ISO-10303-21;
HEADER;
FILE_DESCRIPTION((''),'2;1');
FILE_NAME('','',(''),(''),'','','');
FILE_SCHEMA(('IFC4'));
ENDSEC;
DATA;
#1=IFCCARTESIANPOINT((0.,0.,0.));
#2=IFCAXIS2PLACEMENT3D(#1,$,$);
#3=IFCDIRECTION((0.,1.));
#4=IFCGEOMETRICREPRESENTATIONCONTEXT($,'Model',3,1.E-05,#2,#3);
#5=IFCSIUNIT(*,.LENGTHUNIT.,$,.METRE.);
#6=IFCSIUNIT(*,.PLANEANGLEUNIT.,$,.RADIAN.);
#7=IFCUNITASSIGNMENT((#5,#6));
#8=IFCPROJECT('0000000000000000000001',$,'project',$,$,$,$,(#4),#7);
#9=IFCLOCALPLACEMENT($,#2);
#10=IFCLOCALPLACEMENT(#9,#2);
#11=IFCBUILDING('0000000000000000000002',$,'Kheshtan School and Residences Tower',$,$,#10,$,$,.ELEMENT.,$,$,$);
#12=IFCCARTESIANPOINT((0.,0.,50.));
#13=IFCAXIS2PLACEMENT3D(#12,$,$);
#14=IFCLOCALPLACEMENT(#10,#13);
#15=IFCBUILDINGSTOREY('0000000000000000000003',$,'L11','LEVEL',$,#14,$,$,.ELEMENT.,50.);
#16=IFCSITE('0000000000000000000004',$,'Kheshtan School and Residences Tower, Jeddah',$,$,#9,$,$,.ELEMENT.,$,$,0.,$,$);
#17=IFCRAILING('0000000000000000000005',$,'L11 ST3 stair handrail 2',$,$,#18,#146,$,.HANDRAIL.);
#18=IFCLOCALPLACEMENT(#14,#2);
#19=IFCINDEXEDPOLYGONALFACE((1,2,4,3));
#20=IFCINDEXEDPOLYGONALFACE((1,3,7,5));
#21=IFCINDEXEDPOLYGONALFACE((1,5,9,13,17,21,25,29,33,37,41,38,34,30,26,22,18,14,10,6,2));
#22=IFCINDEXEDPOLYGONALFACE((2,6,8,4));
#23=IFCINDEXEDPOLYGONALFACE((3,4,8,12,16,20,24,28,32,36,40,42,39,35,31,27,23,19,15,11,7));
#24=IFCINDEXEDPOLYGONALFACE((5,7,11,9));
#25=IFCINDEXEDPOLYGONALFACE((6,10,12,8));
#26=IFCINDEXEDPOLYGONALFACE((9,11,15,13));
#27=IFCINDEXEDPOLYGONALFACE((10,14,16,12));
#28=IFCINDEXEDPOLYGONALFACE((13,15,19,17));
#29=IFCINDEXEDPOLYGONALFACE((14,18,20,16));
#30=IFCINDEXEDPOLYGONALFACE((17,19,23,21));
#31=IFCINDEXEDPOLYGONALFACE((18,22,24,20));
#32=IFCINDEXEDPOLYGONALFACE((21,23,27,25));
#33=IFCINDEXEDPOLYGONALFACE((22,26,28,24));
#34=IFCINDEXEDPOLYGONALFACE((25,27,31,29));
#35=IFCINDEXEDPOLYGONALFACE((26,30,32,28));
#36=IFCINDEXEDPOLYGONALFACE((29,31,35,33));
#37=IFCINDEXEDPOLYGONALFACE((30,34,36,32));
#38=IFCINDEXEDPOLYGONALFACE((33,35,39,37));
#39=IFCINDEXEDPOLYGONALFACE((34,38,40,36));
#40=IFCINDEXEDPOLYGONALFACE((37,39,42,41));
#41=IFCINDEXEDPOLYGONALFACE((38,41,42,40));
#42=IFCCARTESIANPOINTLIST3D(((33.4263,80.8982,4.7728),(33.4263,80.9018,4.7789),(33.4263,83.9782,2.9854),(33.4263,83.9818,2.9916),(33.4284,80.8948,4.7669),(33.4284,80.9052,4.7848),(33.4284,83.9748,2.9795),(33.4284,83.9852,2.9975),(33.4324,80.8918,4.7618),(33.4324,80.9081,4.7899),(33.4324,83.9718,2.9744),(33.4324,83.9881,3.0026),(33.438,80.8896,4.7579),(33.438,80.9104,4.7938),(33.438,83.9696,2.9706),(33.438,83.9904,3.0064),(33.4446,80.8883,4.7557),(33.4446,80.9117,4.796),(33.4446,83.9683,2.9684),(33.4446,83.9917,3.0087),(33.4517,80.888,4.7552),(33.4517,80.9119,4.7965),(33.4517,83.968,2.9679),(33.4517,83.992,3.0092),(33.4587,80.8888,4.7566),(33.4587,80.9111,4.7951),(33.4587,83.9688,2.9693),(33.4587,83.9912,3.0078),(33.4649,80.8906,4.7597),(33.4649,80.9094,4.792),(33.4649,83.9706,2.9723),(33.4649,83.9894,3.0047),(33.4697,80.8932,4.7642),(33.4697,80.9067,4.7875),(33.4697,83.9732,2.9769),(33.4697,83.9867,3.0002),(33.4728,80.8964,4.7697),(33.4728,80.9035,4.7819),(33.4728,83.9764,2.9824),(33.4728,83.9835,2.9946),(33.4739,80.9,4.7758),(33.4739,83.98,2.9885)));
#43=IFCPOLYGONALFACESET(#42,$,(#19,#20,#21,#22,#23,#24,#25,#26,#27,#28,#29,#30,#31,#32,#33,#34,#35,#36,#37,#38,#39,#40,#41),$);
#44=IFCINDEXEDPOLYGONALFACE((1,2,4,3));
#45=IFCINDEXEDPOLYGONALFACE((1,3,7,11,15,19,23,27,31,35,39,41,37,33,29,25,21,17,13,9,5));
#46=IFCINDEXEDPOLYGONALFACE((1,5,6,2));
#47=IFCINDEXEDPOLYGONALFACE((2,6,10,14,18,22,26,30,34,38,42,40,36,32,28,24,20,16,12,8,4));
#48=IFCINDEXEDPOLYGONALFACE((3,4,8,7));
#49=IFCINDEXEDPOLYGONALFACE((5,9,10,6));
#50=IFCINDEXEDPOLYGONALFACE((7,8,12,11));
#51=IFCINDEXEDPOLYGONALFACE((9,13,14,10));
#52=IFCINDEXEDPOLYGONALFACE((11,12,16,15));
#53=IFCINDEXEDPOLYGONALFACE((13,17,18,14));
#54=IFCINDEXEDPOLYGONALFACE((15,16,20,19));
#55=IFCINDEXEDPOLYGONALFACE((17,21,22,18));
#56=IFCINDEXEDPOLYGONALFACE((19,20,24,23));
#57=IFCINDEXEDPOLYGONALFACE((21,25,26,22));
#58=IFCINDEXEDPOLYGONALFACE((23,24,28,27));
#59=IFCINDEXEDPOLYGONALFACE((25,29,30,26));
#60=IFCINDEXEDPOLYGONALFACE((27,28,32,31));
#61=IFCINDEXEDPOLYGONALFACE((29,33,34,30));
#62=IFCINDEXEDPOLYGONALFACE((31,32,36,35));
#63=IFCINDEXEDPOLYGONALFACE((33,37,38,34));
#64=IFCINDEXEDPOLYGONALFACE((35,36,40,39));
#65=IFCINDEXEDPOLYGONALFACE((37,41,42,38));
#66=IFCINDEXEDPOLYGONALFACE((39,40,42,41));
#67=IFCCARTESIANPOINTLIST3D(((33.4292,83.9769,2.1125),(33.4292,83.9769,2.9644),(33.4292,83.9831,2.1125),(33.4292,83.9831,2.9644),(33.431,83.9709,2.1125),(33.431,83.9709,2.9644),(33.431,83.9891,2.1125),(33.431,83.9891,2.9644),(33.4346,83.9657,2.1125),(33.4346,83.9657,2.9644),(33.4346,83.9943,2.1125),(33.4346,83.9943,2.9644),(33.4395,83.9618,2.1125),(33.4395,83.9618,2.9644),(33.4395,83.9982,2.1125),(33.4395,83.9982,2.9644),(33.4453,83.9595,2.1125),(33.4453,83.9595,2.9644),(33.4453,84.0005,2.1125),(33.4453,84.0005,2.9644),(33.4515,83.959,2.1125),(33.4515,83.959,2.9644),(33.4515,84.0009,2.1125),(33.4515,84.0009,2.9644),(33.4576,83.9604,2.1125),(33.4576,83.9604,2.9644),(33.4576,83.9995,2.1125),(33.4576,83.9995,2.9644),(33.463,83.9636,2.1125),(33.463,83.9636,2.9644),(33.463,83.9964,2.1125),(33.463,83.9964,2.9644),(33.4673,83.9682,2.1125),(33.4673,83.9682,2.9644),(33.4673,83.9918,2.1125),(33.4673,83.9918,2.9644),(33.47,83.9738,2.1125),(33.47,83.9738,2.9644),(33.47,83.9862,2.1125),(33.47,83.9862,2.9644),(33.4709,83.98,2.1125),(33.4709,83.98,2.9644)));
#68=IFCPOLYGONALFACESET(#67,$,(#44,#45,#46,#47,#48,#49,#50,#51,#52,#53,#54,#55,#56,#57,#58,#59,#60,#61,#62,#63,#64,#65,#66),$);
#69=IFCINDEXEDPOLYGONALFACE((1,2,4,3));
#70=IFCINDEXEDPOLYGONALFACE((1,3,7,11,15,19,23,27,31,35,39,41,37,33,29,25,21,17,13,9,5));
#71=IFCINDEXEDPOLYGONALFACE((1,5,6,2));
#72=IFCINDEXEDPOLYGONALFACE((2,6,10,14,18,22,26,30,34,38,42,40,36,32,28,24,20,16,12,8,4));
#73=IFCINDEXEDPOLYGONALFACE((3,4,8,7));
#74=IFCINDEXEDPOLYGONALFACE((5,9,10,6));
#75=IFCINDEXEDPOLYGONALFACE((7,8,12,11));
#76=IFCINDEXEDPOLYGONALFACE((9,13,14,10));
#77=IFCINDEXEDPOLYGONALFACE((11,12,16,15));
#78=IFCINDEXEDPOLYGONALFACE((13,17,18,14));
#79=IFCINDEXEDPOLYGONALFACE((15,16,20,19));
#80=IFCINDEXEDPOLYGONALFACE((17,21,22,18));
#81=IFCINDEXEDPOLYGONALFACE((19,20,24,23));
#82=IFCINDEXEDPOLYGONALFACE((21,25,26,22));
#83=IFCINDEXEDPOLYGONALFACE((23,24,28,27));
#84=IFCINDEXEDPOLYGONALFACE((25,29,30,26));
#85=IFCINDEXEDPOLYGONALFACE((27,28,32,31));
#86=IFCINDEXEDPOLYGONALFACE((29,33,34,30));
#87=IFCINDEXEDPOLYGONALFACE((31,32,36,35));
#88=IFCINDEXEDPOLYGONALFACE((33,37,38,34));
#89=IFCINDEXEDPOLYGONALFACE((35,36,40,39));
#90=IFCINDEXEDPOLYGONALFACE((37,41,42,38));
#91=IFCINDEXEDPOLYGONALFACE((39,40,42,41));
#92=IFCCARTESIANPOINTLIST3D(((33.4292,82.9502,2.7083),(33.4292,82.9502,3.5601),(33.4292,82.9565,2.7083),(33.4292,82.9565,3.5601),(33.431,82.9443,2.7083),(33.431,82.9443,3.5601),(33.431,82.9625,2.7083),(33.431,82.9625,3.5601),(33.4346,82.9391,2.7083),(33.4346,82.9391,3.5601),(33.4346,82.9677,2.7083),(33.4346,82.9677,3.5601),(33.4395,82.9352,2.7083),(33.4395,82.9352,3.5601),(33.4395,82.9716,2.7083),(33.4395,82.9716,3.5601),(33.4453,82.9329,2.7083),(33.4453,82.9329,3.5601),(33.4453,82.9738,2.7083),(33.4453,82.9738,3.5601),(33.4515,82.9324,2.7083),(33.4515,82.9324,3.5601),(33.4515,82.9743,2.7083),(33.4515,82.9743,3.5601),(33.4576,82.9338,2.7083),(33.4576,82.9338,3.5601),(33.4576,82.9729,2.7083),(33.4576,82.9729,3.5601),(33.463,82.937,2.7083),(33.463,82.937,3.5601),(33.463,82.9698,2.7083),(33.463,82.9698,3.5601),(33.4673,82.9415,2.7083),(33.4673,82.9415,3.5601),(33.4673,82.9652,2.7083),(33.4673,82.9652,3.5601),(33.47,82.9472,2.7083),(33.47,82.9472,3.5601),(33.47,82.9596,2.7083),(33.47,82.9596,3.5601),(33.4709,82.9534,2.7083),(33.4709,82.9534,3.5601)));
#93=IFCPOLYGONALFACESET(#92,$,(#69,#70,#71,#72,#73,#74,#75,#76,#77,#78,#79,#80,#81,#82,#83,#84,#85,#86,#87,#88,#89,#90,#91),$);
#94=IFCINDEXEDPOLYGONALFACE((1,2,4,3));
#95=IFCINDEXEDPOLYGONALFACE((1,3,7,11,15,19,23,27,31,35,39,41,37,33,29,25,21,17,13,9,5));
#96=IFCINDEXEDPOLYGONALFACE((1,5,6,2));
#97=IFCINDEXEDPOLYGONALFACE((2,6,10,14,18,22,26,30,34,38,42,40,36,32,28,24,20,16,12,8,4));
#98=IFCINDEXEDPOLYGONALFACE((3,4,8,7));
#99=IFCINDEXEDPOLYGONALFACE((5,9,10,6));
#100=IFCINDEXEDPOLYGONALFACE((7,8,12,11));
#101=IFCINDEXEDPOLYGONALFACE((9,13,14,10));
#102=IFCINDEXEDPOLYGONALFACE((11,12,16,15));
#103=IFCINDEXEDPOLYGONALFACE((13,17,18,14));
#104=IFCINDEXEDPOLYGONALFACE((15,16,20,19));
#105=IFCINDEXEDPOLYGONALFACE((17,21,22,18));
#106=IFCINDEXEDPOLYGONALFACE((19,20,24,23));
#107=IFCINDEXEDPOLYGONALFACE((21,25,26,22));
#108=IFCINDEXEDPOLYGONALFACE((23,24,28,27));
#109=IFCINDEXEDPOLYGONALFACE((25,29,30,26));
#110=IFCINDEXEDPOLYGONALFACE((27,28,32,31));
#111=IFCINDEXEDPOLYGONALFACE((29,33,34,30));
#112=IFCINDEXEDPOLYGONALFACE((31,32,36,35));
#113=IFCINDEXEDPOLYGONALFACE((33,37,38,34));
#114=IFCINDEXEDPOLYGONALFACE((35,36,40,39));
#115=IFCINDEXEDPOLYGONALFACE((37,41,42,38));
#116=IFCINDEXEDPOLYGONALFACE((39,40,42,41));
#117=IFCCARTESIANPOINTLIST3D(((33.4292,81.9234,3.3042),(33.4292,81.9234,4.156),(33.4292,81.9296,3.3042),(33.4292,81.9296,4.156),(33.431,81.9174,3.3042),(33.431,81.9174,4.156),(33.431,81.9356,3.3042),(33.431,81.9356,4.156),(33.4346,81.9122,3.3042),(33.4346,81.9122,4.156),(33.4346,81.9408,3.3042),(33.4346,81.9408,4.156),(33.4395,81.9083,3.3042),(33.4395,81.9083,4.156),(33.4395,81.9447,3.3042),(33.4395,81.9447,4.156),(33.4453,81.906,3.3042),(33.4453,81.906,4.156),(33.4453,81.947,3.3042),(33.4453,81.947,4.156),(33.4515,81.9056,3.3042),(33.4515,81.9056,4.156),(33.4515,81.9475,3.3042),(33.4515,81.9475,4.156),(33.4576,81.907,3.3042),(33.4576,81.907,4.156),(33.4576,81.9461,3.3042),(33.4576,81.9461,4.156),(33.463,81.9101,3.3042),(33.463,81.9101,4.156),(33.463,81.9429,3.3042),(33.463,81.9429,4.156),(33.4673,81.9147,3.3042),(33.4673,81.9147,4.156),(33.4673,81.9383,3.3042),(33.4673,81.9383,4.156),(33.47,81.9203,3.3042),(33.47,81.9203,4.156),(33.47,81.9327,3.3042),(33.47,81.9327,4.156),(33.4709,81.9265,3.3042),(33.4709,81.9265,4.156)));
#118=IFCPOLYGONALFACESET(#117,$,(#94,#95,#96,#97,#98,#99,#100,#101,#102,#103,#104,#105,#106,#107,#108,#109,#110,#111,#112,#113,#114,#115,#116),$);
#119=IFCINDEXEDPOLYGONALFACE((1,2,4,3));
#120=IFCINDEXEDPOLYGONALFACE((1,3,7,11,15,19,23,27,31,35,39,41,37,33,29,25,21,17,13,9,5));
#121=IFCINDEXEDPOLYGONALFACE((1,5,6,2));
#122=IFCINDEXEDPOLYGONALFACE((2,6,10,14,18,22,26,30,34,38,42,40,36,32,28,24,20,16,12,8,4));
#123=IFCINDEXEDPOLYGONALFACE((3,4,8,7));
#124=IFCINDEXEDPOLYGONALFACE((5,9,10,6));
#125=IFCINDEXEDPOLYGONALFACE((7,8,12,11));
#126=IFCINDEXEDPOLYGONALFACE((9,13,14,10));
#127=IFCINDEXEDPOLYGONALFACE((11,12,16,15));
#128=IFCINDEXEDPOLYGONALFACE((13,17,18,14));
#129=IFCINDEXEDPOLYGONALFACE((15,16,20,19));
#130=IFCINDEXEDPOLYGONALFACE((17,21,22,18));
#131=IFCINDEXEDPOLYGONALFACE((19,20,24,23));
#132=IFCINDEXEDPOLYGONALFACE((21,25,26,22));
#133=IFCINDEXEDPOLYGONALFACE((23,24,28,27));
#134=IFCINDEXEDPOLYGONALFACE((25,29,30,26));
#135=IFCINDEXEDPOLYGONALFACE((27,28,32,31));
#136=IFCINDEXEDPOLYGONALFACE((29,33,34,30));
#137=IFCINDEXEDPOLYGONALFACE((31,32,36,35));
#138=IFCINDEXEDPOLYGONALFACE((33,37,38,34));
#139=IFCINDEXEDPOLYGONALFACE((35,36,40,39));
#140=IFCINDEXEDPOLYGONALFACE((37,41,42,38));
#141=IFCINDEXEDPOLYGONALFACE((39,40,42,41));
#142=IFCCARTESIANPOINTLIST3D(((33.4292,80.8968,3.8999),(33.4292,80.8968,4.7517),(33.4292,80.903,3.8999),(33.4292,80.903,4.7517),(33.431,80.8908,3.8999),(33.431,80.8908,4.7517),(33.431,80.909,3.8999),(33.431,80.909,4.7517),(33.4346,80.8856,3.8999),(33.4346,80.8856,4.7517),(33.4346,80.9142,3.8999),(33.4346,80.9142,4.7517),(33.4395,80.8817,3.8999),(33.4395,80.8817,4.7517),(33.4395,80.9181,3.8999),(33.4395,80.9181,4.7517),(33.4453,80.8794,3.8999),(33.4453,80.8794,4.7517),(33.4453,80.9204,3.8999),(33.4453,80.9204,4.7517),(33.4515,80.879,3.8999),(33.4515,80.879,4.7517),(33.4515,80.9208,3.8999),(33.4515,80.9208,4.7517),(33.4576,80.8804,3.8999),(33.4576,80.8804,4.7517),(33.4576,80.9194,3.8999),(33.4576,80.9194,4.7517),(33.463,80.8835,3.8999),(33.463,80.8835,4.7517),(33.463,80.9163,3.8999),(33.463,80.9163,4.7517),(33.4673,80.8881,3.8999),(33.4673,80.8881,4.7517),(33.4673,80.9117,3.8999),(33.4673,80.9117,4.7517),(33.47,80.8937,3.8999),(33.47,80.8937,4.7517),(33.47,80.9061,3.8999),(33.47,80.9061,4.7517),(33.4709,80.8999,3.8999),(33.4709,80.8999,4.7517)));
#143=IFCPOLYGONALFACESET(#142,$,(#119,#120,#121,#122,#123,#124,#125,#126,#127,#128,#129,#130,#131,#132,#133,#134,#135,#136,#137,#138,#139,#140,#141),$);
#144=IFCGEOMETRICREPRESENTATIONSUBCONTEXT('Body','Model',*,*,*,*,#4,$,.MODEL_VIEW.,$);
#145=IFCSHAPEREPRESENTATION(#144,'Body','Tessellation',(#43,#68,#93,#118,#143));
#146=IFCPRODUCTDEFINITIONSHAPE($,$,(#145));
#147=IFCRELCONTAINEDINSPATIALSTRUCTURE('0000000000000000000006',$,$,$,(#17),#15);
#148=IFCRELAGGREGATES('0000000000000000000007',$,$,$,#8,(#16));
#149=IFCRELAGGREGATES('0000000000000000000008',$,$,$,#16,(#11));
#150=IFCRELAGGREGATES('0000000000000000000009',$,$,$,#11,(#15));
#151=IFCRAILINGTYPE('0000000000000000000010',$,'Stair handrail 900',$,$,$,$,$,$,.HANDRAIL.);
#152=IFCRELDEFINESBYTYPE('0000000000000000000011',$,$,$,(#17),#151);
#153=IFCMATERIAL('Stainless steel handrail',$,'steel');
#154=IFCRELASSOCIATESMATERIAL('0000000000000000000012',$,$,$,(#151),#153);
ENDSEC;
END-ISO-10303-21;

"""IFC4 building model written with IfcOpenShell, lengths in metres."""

from ifc_helpers import new_model, si_unit, direction, frame, origin, origin_2d, place, context, subcontext, project, spatial, circle, extrude, material, type_object, element, save


model = new_model("IFC4")

# Units and contexts
model_context = context("Model", 3, precision=1e-05, world=origin(), true_north=direction((0.0, 1.0)))
body_context = subcontext(model_context, "Body", "Model", "MODEL_VIEW")
ifc_project = project(units=[si_unit("LENGTHUNIT", "METRE"), si_unit("PLANEANGLEUNIT", "RADIAN")], contexts=[model_context])

# Site, building, storey
site_placement = place(None, origin())
site = spatial("IfcSite", under=ifc_project, at=site_placement, Name="Kheshtan School and Residences Tower, Jeddah", CompositionType="ELEMENT", RefElevation=0.0)
building_placement = place(site_placement, origin())
building = spatial("IfcBuilding", under=site, at=building_placement, Name="Kheshtan School and Residences Tower", CompositionType="ELEMENT")
storey_placement = place(building_placement, frame((0.0, 0.0, 50.0)))
storey = spatial("IfcBuildingStorey", under=building, at=storey_placement, Name="L11", Description="LEVEL", CompositionType="ELEMENT", Elevation=50.0)

# Railing
ifc_material_1 = material(Name="Stainless steel handrail", Category="steel")
railing_type_1 = type_object("IfcRailingType", Name="Stair handrail 900", PredefinedType="HANDRAIL", material=ifc_material_1)
railing_1_placement = place(storey_placement, frame((33.45, 83.98, 2.1125)))
element("IfcRailing", 1, at=railing_1_placement, inside=storey, type_object=railing_type_1, Name="L11 ST3 stair handrail 2", PredefinedType="HANDRAIL", context=body_context, shape_type="SweptSolid", body=[
    extrude(circle(Radius=0.0239, at=origin_2d()), frame((0.0, 0.0, 0.876), z_axis=(0.0, -0.86492, 0.501909), x_axis=(1.0, 0.0, 0.0)), (0.0, 0.0, 1.0), 3.561),
    extrude(circle(Radius=0.021, at=origin_2d()), origin(), (0.0, 0.0, 1.0), 0.8518),
    extrude(circle(Radius=0.021, at=origin_2d()), frame((0.0, -1.0266, 0.5957)), (0.0, 0.0, 1.0), 0.8518),
    extrude(circle(Radius=0.021, at=origin_2d()), frame((0.0, -2.0535, 1.1917)), (0.0, 0.0, 1.0), 0.8518),
    extrude(circle(Radius=0.021, at=origin_2d()), frame((0.0, -3.0801, 1.7874)), (0.0, 0.0, 1.0), 0.8518),
])

save(model, "model.ifc")
